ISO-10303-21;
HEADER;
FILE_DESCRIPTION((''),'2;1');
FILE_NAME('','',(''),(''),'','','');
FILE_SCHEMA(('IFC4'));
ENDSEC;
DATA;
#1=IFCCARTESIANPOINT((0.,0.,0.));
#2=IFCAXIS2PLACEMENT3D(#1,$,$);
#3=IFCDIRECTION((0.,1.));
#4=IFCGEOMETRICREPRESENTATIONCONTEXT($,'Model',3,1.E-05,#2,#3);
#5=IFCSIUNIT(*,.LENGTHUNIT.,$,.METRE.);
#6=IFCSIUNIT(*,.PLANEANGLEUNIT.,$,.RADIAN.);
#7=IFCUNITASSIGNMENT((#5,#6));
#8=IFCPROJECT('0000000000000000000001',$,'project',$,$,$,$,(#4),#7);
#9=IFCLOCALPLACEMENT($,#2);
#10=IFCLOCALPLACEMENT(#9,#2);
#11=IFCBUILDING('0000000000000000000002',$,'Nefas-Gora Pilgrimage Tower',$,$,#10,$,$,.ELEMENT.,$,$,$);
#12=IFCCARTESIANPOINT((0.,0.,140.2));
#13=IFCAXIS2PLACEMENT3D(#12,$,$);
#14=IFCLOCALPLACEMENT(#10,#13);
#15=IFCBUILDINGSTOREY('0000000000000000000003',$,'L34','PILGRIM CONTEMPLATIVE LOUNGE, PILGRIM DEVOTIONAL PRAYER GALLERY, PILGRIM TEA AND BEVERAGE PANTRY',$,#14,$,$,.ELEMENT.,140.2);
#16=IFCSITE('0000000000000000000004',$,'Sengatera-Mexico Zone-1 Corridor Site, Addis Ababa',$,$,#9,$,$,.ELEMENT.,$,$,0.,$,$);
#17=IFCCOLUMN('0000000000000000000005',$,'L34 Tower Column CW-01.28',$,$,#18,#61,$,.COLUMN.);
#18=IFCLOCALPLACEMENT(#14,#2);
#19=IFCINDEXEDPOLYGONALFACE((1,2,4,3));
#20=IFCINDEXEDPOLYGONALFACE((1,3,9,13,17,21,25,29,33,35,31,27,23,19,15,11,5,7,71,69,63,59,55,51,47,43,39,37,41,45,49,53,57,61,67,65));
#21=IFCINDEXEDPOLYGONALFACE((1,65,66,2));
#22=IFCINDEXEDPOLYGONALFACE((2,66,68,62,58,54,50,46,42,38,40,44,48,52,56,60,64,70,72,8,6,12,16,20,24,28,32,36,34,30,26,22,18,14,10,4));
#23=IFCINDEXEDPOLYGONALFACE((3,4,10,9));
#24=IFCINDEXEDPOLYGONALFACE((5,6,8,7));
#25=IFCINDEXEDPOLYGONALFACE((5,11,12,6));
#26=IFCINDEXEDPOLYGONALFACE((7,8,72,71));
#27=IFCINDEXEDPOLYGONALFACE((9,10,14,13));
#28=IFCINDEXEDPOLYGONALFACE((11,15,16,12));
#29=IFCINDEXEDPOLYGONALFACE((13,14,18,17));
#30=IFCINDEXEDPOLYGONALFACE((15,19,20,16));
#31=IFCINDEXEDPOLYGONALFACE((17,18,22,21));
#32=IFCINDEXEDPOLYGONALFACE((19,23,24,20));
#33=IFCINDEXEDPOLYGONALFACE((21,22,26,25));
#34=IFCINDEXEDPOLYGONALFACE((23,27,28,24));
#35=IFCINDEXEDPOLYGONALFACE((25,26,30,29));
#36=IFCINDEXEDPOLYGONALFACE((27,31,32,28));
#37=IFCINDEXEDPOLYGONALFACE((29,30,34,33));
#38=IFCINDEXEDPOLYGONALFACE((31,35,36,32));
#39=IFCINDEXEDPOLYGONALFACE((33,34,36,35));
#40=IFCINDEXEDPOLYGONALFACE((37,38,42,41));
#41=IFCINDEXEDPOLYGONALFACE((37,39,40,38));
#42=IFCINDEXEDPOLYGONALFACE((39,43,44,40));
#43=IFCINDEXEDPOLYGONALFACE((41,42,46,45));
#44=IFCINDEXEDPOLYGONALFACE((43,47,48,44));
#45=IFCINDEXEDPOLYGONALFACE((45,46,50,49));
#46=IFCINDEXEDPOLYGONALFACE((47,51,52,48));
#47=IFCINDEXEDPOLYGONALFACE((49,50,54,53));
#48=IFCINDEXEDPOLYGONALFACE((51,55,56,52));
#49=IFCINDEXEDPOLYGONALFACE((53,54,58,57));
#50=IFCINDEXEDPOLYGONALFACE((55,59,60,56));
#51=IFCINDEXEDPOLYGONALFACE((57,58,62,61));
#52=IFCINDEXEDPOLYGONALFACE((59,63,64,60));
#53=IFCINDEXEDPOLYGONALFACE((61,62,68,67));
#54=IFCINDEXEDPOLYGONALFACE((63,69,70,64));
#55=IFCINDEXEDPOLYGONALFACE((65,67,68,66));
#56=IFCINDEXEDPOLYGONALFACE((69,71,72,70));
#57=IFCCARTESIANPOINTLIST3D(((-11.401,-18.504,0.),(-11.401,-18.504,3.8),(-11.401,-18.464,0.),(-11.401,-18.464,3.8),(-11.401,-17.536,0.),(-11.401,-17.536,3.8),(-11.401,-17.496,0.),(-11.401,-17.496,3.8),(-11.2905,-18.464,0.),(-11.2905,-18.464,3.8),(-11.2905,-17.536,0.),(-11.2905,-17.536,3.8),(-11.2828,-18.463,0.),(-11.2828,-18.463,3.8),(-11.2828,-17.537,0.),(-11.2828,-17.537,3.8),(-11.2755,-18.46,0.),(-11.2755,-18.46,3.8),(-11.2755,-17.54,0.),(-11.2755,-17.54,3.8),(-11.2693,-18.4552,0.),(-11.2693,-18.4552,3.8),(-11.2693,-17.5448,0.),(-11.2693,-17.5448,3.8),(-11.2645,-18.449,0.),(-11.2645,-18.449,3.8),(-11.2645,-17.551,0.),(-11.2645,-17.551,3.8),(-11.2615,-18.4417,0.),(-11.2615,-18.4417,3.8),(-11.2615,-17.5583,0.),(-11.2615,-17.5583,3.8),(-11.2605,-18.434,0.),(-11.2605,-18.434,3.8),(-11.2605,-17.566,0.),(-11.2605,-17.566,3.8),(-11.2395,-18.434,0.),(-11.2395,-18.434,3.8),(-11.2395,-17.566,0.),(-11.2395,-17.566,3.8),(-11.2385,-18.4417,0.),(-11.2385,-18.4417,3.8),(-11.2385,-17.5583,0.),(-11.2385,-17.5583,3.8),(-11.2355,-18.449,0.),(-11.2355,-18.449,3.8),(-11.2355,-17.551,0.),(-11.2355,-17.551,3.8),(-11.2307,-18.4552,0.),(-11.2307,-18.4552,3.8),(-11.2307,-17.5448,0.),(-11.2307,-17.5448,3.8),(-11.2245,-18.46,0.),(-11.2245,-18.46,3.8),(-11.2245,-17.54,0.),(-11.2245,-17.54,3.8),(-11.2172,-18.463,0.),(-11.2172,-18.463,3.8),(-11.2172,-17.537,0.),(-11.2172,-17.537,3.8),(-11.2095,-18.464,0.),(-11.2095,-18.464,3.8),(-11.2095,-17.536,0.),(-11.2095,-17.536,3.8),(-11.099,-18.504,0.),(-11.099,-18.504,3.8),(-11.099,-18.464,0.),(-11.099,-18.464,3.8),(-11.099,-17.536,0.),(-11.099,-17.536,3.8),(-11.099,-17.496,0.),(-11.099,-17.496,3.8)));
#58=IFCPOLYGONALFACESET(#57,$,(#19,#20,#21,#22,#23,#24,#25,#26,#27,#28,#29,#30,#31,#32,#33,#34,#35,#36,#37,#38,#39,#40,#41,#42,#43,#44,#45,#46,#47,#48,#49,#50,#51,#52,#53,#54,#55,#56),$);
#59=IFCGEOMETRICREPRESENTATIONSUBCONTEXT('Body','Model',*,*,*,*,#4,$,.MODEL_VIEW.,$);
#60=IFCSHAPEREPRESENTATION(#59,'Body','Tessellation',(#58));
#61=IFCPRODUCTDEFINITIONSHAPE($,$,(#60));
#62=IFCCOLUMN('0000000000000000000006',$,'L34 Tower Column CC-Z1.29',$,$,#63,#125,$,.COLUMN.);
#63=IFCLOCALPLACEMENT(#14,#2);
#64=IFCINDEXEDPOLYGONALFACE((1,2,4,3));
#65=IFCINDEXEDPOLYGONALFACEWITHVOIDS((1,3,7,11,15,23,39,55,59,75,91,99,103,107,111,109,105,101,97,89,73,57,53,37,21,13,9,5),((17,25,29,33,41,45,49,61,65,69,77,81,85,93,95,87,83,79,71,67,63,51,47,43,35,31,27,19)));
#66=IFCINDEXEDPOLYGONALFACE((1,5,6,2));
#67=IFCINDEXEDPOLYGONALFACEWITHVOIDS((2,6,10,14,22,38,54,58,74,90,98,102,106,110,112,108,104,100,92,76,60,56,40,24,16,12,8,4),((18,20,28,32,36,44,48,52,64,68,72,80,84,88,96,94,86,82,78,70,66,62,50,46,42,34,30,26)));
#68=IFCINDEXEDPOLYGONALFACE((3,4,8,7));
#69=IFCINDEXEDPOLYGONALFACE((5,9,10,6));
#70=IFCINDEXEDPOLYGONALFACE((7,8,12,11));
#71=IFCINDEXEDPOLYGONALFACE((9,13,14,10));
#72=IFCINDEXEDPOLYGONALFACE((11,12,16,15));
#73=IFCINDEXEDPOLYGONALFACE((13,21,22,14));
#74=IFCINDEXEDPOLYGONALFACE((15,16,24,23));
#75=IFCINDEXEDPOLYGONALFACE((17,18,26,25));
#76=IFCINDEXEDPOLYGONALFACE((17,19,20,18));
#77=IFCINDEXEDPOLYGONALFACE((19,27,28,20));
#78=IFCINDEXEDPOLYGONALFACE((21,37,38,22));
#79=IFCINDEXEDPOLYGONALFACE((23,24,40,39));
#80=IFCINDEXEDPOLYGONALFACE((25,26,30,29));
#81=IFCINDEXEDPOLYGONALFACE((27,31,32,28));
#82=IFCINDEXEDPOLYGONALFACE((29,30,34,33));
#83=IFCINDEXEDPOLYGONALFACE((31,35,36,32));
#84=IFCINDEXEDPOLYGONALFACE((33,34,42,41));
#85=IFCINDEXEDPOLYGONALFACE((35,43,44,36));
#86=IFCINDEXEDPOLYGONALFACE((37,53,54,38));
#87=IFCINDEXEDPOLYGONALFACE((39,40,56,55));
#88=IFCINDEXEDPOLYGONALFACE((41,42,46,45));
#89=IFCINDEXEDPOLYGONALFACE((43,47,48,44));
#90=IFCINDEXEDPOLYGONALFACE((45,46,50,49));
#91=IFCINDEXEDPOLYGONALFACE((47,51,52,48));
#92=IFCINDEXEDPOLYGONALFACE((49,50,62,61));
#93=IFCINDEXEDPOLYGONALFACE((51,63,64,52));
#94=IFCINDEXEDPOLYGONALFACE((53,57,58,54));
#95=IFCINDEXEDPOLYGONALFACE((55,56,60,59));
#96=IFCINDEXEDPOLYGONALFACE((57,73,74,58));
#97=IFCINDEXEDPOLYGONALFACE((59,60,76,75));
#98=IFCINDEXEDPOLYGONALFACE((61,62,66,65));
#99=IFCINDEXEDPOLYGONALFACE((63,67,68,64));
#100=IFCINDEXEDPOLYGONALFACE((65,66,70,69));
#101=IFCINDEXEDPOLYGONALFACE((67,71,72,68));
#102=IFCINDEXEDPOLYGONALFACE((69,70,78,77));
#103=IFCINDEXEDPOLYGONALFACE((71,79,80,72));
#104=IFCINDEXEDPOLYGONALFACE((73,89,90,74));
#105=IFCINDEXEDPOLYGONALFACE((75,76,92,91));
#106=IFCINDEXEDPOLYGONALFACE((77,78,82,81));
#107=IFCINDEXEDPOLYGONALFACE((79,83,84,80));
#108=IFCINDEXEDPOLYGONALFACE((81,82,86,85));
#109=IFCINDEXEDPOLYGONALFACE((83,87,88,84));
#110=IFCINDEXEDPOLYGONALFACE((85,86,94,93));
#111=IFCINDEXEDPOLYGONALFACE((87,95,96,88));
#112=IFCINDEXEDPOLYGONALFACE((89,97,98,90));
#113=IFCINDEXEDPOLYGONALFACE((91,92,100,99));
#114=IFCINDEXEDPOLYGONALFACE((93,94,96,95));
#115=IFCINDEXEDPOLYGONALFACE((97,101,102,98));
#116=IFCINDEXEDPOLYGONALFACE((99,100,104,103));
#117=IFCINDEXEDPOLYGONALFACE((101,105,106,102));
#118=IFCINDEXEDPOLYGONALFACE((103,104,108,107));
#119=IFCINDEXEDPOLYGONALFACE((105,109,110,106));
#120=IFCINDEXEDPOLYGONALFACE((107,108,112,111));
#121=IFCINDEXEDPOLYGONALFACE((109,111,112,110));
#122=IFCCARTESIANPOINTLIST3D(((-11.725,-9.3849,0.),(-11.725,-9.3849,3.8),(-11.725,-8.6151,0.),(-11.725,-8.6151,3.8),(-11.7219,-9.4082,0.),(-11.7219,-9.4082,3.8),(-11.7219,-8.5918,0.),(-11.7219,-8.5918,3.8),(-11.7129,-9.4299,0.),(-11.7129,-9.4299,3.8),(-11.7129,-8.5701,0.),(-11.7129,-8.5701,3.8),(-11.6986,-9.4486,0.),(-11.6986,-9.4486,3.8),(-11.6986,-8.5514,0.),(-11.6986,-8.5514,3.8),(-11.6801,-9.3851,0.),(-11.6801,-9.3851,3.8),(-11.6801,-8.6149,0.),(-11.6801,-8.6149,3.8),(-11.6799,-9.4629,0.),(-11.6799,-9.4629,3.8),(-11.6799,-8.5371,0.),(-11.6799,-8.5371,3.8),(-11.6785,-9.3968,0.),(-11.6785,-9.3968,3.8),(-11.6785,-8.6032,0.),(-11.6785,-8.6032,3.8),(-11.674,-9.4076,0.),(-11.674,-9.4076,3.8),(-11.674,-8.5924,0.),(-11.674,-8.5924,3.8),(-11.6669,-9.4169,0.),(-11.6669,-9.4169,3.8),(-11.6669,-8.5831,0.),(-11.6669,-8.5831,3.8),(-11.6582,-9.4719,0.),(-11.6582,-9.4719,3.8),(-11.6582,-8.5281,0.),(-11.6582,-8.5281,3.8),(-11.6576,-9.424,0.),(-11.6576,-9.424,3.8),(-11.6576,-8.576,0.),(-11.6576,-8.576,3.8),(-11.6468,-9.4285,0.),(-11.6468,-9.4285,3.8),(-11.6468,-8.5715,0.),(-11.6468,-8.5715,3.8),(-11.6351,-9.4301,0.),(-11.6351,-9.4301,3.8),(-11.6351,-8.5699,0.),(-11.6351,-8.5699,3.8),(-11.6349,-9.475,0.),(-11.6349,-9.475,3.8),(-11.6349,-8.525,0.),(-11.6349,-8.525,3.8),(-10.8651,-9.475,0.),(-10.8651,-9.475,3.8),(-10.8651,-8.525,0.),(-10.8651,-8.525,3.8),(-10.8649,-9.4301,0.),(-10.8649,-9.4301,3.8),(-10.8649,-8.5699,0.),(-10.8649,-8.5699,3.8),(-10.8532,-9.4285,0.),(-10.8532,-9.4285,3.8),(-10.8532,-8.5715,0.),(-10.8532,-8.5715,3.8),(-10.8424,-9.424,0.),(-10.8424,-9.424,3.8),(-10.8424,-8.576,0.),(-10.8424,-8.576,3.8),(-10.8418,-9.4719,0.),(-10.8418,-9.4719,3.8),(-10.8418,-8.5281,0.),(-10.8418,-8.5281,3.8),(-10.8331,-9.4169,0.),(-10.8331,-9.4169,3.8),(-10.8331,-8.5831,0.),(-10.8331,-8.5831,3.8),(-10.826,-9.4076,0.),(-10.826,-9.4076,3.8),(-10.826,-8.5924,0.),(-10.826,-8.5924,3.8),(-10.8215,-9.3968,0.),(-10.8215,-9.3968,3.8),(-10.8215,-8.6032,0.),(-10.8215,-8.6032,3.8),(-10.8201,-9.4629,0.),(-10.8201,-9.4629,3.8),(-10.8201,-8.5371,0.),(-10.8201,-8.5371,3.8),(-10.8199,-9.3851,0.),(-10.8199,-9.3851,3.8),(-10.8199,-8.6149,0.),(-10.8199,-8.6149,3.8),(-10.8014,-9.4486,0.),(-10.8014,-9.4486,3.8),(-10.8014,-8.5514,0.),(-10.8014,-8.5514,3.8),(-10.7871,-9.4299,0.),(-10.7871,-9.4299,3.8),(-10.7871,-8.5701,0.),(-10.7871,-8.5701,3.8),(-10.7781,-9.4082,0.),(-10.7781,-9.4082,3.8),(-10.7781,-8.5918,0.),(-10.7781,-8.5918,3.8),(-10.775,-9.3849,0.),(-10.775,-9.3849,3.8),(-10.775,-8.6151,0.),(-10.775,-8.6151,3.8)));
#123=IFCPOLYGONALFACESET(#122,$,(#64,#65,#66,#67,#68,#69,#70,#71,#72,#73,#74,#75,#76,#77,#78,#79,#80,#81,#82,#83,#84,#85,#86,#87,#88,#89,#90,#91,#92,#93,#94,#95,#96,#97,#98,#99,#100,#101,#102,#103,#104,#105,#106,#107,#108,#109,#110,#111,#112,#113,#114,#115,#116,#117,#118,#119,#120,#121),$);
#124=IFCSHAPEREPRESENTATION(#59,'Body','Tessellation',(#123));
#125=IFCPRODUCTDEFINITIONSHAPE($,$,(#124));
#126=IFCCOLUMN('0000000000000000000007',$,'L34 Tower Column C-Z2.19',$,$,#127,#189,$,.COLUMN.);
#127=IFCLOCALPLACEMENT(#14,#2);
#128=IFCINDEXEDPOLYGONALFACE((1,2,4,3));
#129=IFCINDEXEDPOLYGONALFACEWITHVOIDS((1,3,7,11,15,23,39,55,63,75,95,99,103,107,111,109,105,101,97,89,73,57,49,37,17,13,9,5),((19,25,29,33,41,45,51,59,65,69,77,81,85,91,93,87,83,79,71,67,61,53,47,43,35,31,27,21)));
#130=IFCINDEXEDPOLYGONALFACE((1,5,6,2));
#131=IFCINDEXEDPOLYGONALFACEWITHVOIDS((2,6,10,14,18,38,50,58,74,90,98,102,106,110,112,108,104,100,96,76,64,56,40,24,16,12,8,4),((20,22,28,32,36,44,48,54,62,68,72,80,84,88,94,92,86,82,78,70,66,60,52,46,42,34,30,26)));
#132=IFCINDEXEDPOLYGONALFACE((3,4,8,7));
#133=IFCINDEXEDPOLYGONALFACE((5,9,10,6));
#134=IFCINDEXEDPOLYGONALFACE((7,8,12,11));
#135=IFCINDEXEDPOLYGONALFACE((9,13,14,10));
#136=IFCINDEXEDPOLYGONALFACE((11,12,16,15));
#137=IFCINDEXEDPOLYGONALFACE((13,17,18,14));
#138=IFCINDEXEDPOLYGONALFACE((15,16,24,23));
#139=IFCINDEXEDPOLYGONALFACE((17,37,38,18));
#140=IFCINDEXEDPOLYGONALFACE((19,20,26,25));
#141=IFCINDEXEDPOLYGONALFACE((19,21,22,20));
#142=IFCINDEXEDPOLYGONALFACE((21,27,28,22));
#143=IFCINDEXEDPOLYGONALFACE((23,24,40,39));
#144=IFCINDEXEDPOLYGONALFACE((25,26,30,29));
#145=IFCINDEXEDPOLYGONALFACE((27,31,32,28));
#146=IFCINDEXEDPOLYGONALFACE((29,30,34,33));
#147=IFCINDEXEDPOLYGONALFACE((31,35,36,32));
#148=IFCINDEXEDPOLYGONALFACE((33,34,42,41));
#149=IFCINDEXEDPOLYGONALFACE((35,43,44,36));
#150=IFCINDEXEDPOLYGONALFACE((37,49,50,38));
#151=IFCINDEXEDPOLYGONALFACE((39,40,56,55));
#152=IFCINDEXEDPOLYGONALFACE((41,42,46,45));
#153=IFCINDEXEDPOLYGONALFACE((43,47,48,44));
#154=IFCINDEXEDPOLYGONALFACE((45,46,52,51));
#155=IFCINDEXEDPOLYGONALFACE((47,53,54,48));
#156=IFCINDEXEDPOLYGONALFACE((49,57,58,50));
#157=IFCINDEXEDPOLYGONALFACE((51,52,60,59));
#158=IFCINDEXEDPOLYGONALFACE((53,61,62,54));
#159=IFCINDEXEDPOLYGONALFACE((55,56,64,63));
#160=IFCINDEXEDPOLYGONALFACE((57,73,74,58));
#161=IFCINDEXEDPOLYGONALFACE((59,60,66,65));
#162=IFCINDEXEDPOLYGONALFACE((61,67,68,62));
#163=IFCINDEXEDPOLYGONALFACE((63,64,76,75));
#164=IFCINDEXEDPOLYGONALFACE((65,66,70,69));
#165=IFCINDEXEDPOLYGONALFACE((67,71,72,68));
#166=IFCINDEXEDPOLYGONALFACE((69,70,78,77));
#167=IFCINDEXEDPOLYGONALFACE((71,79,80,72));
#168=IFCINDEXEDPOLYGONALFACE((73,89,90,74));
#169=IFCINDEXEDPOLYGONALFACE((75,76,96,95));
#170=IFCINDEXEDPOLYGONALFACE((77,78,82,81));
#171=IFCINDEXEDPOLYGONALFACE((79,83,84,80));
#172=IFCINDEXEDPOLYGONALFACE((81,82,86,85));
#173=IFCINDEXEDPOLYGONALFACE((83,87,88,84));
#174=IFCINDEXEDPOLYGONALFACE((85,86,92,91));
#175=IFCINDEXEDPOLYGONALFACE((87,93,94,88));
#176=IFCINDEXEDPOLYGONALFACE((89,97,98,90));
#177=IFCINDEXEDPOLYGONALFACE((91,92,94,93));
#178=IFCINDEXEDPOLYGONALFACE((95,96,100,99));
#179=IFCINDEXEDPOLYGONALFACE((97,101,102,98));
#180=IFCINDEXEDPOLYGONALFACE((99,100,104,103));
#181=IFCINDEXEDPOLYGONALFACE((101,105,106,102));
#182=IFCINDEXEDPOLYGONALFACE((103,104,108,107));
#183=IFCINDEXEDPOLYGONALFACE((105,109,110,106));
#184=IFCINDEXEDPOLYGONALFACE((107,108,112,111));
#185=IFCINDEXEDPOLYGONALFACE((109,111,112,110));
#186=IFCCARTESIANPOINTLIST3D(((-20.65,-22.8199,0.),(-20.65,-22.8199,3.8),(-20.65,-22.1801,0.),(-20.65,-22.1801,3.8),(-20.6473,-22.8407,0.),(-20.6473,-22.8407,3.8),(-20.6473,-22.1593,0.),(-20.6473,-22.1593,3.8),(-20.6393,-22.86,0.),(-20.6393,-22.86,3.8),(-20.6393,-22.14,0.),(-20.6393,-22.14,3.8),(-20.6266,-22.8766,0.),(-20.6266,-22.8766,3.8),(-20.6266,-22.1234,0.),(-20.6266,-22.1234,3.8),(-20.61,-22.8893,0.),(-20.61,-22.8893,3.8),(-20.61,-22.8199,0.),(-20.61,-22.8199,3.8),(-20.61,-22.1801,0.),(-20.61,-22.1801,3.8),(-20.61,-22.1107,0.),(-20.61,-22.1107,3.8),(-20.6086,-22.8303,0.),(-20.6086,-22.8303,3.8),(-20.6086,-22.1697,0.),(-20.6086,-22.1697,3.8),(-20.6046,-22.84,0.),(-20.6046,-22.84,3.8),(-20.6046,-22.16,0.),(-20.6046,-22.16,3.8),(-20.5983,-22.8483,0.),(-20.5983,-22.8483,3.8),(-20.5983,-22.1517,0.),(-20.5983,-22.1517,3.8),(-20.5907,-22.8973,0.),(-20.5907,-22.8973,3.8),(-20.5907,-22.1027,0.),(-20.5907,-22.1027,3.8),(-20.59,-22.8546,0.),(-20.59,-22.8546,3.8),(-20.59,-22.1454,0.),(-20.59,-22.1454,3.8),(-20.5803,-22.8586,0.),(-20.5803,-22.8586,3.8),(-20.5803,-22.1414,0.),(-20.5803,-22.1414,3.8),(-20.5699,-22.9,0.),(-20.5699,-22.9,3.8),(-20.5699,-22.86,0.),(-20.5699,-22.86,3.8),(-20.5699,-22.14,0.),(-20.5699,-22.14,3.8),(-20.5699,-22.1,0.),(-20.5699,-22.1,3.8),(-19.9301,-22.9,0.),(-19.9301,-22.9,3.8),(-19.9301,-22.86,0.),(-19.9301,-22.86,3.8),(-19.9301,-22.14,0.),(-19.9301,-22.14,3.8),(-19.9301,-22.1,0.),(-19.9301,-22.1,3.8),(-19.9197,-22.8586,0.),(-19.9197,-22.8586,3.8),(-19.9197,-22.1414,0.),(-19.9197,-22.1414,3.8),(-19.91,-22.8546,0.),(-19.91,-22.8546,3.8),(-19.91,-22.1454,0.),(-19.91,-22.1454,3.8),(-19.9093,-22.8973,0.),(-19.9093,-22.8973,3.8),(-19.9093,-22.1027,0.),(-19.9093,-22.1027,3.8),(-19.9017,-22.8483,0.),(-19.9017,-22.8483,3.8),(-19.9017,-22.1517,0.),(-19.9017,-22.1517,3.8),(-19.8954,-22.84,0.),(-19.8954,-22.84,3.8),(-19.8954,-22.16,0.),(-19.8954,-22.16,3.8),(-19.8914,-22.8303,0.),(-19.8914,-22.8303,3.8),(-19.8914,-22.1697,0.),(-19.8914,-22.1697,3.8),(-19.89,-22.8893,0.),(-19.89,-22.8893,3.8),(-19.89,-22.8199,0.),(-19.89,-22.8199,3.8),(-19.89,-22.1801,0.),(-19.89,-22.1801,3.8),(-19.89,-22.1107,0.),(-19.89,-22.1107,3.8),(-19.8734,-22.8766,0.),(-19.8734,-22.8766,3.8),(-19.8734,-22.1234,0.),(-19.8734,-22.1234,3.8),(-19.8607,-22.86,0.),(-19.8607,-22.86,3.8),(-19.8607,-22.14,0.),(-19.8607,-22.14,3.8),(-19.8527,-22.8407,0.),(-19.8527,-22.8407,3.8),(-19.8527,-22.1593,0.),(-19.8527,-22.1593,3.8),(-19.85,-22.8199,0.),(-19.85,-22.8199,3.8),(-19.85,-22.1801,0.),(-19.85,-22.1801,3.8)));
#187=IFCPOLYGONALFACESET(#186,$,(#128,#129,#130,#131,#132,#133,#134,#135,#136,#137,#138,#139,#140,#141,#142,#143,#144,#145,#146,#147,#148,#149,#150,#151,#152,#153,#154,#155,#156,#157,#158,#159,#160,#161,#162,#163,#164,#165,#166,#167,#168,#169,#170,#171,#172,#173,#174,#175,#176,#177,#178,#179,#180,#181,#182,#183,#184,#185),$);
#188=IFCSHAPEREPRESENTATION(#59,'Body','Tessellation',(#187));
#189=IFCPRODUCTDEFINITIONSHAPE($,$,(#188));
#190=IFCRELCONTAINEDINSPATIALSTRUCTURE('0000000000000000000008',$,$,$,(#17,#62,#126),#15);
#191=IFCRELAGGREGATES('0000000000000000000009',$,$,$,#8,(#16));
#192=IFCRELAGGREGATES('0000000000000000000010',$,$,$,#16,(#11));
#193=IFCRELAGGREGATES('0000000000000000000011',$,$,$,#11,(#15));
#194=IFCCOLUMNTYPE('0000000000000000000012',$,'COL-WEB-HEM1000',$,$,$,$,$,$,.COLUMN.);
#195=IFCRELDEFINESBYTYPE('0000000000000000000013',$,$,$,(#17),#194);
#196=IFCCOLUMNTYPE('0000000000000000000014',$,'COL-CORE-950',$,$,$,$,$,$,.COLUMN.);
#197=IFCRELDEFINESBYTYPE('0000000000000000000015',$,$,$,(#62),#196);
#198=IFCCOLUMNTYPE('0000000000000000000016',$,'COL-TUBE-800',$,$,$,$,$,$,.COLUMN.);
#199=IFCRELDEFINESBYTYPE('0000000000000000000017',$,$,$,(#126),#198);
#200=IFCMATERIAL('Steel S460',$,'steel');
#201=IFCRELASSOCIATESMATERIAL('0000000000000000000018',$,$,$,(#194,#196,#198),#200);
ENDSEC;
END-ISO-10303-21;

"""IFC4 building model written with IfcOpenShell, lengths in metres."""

from ifc_helpers import new_model, si_unit, direction, frame, origin, origin_2d, place, context, subcontext, project, spatial, hollow_rectangle, i_section, extrude, source, transform, mapped, material, material_profile, profile_set, type_object, element, save


model = new_model("IFC4")

# Units and contexts
model_context = context("Model", 3, precision=1e-05, world=origin(), true_north=direction((0.0, 1.0)))
body_context = subcontext(model_context, "Body", "Model", "MODEL_VIEW")
ifc_project = project(units=[si_unit("LENGTHUNIT", "METRE"), si_unit("PLANEANGLEUNIT", "RADIAN")], contexts=[model_context])

# Site, building, storey
site_placement = place(None, origin())
site = spatial("IfcSite", under=ifc_project, at=site_placement, Name="Sengatera-Mexico Zone-1 Corridor Site, Addis Ababa", CompositionType="ELEMENT", RefElevation=0.0)
building_placement = place(site_placement, origin())
building = spatial("IfcBuilding", under=site, at=building_placement, Name="Nefas-Gora Pilgrimage Tower", CompositionType="ELEMENT")
storey_placement = place(building_placement, frame((0.0, 0.0, 140.2)))
storey = spatial("IfcBuildingStorey", under=building, at=storey_placement, Name="L34", Description="PILGRIM CONTEMPLATIVE LOUNGE, PILGRIM DEVOTIONAL PRAYER GALLERY, PILGRIM TEA AND BEVERAGE PANTRY", CompositionType="ELEMENT", Elevation=140.2)

# Columns
ifc_material_1 = material(Name="Steel S460", Category="steel")
ifc_material_profile_1 = material_profile(ifc_material_1, i_section(OverallWidth=0.302, OverallDepth=1.0081, WebThickness=0.021, FlangeThickness=0.04, FilletRadius=0.03, at=origin_2d()), Name="HEM 1000")
ifc_profile_set_1 = profile_set([ifc_material_profile_1], Name="Steel S460")
column_type_1 = type_object("IfcColumnType", Name="COL-WEB-HEM1000", PredefinedType="COLUMN", material=ifc_profile_set_1)
shared_shape_1 = source(origin(), body_context, "Body", "SweptSolid", [
    extrude(i_section(OverallWidth=0.302, OverallDepth=1.0081, WebThickness=0.021, FlangeThickness=0.04, FilletRadius=0.03, at=origin_2d()), origin(), (0.0, 0.0, 1.0), 3.8),
])
for number, where, z_axis, x_axis, name in (
    (1, (-11.25, -18.0, 0.0), (0.0, 0.0, 1.0), (1.0, 0.0, 0.0), "L34 Tower Column CW-01.28"),
):
    element("IfcColumn", number, at=place(storey_placement, frame(where, z_axis=z_axis, x_axis=x_axis)), inside=storey, type_object=column_type_1, Name=name, PredefinedType="COLUMN", context=body_context, shape_type="MappedRepresentation", body=[
        mapped(shared_shape_1, transform((0.0, 0.0, 0.0), x_axis=(1.0, 0.0, 0.0), y_axis=(0.0, 1.0, 0.0), z_axis=(0.0, 0.0, 1.0), scale=1.0)),
    ])
ifc_material_profile_2 = material_profile(ifc_material_1, hollow_rectangle(XDim=0.95, YDim=0.95, WallThickness=0.0449, InnerFilletRadius=0.0449, OuterFilletRadius=0.0901, at=origin_2d()), Name="BOX 950x950x45")
ifc_profile_set_2 = profile_set([ifc_material_profile_2], Name="Steel S460")
column_type_2 = type_object("IfcColumnType", Name="COL-CORE-950", PredefinedType="COLUMN", material=ifc_profile_set_2)
shared_shape_2 = source(origin(), body_context, "Body", "SweptSolid", [
    extrude(hollow_rectangle(XDim=0.95, YDim=0.95, WallThickness=0.0449, InnerFilletRadius=0.0449, OuterFilletRadius=0.0901, at=origin_2d()), origin(), (0.0, 0.0, 1.0), 3.8),
])
column_1_placement = place(storey_placement, frame((-11.25, -9.0, 0.0), z_axis=(0.0, 0.0, 1.0), x_axis=(1.0, 0.0, 0.0)))
element("IfcColumn", 2, at=column_1_placement, inside=storey, type_object=column_type_2, Name="L34 Tower Column CC-Z1.29", PredefinedType="COLUMN", context=body_context, shape_type="MappedRepresentation", body=[
    mapped(shared_shape_2, transform((0.0, 0.0, 0.0), x_axis=(1.0, 0.0, 0.0), y_axis=(0.0, 1.0, 0.0), z_axis=(0.0, 0.0, 1.0), scale=1.0)),
])
ifc_material_profile_3 = material_profile(ifc_material_1, hollow_rectangle(XDim=0.8, YDim=0.8, WallThickness=0.04, InnerFilletRadius=0.04, OuterFilletRadius=0.0801, at=origin_2d()), Name="BOX 800x800x40")
ifc_profile_set_3 = profile_set([ifc_material_profile_3], Name="Steel S460")
column_type_3 = type_object("IfcColumnType", Name="COL-TUBE-800", PredefinedType="COLUMN", material=ifc_profile_set_3)
shared_shape_3 = source(origin(), body_context, "Body", "SweptSolid", [
    extrude(hollow_rectangle(XDim=0.8, YDim=0.8, WallThickness=0.04, InnerFilletRadius=0.04, OuterFilletRadius=0.0801, at=origin_2d()), origin(), (0.0, 0.0, 1.0), 3.8),
])
column_2_placement = place(storey_placement, frame((-20.25, -22.5, 0.0), z_axis=(0.0, 0.0, 1.0), x_axis=(1.0, 0.0, 0.0)))
element("IfcColumn", 3, at=column_2_placement, inside=storey, type_object=column_type_3, Name="L34 Tower Column C-Z2.19", PredefinedType="COLUMN", context=body_context, shape_type="MappedRepresentation", body=[
    mapped(shared_shape_3, transform((0.0, 0.0, 0.0), x_axis=(1.0, 0.0, 0.0), y_axis=(0.0, 1.0, 0.0), z_axis=(0.0, 0.0, 1.0), scale=1.0)),
])

save(model, "model.ifc")
